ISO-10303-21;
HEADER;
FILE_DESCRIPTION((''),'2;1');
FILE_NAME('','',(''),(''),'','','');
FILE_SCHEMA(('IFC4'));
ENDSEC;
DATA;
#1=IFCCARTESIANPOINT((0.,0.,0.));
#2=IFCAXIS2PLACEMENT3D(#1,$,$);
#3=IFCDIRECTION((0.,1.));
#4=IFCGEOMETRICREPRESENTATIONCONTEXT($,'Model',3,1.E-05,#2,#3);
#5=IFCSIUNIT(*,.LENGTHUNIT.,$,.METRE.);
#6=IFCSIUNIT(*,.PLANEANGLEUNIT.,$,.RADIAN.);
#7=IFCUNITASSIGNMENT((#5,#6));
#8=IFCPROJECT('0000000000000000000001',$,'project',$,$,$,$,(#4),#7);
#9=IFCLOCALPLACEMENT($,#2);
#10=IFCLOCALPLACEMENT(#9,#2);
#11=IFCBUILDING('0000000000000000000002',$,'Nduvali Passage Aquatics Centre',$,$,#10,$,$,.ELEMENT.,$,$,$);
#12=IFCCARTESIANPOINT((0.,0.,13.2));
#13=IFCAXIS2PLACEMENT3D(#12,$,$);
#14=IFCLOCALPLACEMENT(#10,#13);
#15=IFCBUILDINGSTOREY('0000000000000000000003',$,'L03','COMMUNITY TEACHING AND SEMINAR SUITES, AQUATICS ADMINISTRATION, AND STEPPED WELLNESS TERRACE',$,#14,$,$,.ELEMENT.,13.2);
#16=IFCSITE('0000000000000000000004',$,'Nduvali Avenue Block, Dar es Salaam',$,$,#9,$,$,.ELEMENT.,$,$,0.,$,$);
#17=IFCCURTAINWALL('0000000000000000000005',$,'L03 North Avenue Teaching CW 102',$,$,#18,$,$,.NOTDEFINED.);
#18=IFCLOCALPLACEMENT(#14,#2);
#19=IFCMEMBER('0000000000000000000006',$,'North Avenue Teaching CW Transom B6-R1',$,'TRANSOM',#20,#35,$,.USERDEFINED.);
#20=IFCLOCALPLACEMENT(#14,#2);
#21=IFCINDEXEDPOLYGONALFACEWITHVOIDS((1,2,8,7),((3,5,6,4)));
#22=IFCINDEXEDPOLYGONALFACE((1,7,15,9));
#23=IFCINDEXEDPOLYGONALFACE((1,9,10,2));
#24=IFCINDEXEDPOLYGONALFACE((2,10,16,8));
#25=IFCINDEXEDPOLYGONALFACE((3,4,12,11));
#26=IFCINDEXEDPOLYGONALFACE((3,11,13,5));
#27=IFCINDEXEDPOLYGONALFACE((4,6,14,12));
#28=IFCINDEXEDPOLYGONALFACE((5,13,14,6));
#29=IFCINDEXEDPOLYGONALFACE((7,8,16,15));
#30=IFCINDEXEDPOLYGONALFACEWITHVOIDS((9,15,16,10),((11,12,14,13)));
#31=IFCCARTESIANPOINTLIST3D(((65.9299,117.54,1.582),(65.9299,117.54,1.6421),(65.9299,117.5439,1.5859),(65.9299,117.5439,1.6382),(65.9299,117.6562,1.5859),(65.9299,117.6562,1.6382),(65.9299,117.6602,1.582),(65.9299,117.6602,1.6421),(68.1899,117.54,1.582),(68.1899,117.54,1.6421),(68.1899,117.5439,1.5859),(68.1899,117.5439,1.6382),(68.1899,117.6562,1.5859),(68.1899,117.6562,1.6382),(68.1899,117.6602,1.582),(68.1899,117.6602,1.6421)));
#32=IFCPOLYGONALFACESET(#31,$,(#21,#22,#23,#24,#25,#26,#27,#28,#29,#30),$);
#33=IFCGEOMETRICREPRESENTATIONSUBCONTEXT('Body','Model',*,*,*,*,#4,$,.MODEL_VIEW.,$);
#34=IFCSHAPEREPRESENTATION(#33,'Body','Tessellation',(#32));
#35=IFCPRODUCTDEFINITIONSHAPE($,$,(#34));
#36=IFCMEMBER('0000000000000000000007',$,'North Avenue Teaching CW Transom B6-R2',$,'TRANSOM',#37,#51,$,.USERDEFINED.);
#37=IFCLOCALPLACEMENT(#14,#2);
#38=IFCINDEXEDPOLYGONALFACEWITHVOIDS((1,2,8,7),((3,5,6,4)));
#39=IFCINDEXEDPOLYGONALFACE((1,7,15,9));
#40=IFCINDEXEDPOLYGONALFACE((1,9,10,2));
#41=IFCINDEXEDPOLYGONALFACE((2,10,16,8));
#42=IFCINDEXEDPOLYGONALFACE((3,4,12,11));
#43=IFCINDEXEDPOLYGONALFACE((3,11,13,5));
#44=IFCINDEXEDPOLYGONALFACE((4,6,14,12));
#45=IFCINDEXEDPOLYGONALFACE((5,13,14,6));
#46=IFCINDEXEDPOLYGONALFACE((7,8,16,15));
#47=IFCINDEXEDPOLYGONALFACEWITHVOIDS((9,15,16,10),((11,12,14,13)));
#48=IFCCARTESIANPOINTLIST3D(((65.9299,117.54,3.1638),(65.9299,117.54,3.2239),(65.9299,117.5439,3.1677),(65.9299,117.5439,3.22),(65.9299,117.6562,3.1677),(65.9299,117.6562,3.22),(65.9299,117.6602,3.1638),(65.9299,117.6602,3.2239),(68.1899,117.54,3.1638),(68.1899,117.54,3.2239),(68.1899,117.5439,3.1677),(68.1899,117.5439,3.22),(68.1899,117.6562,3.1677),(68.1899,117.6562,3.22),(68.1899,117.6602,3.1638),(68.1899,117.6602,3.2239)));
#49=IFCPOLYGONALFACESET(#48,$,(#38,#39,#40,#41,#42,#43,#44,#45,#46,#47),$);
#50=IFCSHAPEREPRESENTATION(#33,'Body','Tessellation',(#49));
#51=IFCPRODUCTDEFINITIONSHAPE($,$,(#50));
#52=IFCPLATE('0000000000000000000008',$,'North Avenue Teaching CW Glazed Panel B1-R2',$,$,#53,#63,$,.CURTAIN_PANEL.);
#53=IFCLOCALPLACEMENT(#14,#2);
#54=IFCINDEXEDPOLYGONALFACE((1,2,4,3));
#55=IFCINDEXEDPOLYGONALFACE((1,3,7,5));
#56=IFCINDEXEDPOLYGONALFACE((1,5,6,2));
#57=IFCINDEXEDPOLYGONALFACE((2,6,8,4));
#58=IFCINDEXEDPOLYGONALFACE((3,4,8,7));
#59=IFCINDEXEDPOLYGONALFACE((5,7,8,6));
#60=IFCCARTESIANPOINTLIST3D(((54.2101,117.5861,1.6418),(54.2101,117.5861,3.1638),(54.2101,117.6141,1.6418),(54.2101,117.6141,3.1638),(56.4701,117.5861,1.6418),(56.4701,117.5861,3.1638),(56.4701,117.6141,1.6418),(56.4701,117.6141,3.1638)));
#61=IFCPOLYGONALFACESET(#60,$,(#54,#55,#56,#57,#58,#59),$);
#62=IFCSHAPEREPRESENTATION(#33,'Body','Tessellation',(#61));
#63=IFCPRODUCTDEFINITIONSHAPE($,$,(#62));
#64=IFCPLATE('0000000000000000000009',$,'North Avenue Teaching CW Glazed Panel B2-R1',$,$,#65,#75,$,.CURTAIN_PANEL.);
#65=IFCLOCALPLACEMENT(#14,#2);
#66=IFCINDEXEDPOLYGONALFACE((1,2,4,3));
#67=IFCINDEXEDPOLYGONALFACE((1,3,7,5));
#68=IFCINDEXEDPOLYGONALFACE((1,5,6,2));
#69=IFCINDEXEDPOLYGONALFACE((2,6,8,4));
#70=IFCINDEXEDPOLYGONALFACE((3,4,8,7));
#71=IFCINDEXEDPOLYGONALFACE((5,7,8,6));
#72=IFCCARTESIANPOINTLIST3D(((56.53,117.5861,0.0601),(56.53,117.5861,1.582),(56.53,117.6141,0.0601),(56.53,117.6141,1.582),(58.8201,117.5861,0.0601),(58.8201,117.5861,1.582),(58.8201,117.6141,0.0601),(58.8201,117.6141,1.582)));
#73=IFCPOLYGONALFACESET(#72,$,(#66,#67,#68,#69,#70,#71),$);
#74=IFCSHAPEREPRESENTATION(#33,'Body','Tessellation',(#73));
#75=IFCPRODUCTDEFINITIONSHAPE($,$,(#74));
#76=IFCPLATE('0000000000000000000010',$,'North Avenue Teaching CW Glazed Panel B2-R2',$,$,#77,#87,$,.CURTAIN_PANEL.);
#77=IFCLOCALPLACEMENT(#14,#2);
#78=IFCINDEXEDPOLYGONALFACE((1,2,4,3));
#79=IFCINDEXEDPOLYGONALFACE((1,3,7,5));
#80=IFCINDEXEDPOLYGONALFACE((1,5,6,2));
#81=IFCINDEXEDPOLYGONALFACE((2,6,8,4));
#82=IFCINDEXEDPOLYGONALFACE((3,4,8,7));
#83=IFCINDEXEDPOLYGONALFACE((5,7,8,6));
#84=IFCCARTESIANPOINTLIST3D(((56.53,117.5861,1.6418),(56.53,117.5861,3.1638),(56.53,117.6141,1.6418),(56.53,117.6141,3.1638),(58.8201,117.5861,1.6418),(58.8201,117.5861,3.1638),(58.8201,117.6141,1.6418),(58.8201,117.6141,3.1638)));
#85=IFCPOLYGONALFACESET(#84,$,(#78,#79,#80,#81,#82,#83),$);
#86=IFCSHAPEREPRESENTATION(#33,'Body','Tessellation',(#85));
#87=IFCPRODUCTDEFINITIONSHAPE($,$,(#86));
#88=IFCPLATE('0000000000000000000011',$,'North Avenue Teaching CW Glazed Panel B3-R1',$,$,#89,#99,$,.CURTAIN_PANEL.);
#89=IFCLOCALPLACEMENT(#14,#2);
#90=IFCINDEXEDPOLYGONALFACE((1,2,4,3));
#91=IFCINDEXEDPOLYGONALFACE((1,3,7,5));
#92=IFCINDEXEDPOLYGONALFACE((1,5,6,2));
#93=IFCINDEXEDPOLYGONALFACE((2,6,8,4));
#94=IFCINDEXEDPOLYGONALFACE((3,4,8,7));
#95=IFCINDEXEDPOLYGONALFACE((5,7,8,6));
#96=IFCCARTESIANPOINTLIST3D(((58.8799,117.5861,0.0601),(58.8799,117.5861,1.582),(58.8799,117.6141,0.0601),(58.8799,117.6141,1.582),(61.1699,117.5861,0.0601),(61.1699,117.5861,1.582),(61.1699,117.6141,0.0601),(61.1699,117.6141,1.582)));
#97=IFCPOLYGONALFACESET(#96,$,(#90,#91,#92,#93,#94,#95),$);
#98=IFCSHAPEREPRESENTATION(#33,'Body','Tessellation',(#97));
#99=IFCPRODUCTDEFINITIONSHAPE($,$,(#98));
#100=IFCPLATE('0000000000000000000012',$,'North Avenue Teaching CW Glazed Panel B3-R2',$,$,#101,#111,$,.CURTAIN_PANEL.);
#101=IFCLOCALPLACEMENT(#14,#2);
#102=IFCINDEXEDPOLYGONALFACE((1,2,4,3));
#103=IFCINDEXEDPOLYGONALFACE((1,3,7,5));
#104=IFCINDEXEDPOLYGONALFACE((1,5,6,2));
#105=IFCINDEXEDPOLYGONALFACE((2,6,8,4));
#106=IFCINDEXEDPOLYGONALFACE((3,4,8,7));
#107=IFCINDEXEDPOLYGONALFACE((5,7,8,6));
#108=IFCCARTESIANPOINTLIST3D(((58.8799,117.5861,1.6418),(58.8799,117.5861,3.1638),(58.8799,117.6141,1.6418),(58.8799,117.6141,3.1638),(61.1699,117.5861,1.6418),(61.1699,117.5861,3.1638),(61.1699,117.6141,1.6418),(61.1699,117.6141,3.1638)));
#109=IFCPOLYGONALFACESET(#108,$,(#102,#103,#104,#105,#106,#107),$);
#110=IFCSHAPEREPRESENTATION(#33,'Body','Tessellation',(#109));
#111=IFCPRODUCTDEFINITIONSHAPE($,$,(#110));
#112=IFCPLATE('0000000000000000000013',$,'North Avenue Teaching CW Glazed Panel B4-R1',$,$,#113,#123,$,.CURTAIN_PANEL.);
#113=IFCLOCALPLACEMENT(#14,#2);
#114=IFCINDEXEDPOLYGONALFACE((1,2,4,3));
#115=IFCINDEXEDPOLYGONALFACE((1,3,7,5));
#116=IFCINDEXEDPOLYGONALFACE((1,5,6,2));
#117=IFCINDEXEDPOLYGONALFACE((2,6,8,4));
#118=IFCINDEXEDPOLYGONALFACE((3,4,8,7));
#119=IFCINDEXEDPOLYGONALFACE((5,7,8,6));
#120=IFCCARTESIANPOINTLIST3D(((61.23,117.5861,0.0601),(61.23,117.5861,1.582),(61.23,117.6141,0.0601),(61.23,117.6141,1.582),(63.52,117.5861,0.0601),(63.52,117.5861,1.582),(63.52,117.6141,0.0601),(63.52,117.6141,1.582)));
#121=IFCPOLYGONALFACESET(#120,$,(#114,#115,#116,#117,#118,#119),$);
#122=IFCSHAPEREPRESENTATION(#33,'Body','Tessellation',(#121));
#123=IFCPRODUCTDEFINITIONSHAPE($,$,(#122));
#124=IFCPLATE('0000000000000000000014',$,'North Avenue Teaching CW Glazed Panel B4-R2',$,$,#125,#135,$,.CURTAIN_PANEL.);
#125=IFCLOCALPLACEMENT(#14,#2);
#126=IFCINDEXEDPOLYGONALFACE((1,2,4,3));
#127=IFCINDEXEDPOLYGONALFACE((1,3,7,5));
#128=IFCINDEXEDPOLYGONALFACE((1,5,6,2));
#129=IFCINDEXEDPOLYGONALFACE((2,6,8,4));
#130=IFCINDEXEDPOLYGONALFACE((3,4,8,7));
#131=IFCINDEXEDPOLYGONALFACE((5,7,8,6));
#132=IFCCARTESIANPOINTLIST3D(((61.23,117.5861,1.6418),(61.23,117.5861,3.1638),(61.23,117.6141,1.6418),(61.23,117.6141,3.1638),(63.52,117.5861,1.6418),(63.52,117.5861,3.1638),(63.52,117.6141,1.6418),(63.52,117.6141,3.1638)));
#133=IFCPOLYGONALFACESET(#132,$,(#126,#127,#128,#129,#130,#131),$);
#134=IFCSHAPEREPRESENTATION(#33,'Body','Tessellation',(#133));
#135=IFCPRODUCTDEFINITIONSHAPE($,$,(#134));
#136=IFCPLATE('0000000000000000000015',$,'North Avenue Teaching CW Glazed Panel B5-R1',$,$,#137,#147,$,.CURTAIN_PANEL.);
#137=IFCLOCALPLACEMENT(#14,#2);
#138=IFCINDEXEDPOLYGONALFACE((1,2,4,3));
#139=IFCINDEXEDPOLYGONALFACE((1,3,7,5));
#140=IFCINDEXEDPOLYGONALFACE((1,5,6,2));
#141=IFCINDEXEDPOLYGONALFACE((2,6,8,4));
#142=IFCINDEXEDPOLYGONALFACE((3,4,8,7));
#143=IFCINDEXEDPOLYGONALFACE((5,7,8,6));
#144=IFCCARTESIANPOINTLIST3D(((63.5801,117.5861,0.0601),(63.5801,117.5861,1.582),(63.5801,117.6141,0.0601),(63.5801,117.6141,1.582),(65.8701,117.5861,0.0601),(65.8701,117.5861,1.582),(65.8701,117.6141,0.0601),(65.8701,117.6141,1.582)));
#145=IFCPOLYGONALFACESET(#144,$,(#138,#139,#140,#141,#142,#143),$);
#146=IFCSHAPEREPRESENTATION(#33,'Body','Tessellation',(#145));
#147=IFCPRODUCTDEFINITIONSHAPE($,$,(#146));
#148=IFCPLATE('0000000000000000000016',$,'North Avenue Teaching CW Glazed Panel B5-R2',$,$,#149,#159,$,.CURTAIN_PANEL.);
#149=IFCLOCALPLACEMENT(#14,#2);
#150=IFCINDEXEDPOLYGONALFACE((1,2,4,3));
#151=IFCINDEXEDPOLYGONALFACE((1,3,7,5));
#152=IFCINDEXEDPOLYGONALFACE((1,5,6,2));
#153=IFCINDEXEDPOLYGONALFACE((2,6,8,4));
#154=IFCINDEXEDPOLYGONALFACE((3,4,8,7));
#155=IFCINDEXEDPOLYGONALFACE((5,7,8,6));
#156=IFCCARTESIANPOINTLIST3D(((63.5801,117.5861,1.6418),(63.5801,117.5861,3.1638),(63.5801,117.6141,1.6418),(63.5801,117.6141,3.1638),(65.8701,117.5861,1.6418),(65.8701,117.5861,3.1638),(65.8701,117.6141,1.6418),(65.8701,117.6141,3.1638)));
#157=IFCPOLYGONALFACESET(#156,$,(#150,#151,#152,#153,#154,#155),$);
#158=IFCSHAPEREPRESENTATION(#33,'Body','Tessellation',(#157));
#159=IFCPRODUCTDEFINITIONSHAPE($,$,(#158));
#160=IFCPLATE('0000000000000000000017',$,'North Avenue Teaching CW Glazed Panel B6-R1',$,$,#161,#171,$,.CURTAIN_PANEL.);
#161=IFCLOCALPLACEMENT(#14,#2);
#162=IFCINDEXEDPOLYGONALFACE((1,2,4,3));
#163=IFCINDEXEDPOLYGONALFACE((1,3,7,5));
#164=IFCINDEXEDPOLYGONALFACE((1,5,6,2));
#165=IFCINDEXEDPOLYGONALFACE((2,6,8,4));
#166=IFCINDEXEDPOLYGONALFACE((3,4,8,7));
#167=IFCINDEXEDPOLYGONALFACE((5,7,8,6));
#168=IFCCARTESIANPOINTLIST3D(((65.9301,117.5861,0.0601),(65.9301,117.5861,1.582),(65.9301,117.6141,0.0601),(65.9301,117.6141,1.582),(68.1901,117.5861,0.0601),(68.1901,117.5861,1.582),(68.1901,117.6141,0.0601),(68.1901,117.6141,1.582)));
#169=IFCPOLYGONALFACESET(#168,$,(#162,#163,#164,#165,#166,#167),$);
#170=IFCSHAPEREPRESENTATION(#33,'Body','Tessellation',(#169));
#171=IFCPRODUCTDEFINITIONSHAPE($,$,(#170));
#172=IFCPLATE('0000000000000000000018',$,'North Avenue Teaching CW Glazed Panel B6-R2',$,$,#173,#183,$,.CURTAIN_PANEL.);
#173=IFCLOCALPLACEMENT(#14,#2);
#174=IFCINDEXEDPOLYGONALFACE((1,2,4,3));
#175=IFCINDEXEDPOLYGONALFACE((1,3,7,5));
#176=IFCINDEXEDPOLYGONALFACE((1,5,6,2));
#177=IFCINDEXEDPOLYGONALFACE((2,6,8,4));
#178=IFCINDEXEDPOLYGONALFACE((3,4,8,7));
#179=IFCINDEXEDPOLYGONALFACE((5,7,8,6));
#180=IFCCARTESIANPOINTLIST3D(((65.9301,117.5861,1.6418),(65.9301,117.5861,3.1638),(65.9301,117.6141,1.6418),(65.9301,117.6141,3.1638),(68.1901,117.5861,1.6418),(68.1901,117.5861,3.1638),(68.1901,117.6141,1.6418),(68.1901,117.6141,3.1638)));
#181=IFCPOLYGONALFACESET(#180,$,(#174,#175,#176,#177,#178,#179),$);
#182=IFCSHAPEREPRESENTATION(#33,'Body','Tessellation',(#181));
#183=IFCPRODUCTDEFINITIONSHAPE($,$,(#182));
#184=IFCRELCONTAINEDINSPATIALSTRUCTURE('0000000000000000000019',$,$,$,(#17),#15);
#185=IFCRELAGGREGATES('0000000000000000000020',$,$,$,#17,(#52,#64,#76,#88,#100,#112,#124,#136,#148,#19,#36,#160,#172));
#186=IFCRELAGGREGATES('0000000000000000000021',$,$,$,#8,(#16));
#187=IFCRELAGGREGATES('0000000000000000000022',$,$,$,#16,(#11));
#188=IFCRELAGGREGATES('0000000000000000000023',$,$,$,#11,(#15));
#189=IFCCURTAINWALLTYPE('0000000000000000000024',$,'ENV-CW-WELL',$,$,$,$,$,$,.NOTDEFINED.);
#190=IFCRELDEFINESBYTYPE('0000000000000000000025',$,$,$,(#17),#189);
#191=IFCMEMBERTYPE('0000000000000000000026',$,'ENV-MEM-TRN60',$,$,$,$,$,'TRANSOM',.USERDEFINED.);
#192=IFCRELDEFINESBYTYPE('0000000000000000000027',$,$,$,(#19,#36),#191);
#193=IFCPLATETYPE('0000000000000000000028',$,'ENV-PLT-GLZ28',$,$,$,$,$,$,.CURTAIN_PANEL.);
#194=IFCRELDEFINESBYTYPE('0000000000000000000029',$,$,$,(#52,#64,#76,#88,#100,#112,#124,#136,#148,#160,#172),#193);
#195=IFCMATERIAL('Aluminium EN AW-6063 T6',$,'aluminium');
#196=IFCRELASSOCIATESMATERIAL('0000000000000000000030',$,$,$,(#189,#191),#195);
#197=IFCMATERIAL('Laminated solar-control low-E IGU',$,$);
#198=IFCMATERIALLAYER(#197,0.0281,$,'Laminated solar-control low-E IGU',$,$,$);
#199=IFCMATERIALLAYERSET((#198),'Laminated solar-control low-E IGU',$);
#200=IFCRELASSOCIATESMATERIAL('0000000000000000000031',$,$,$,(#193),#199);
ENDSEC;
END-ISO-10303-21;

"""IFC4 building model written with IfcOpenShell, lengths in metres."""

from ifc_helpers import new_model, si_unit, direction, frame, origin, origin_2d, place, context, subcontext, project, spatial, rectangle, hollow_rectangle, extrude, material, layer, layer_set, material_profile, profile_set, type_object, element, aggregate, save


model = new_model("IFC4")

# Units and contexts
model_context = context("Model", 3, precision=1e-05, world=origin(), true_north=direction((0.0, 1.0)))
body_context = subcontext(model_context, "Body", "Model", "MODEL_VIEW")
ifc_project = project(units=[si_unit("LENGTHUNIT", "METRE"), si_unit("PLANEANGLEUNIT", "RADIAN")], contexts=[model_context])

# Site, building, storey
site_placement = place(None, origin())
site = spatial("IfcSite", under=ifc_project, at=site_placement, Name="Nduvali Avenue Block, Dar es Salaam", CompositionType="ELEMENT", RefElevation=0.0)
building_placement = place(site_placement, origin())
building = spatial("IfcBuilding", under=site, at=building_placement, Name="Nduvali Passage Aquatics Centre", CompositionType="ELEMENT")
storey_placement = place(building_placement, frame((0.0, 0.0, 13.2)))
storey = spatial("IfcBuildingStorey", under=building, at=storey_placement, Name="L03", Description="COMMUNITY TEACHING AND SEMINAR SUITES, AQUATICS ADMINISTRATION, AND STEPPED WELLNESS TERRACE", CompositionType="ELEMENT", Elevation=13.2)

# Curtain wall, members, plates
ifc_material_1 = material(Name="Aluminium EN AW-6063 T6", Category="aluminium")
curtain_wall_type = type_object("IfcCurtainWallType", Name="ENV-CW-WELL", PredefinedType="NOTDEFINED", material=ifc_material_1)
curtain_wall_placement = place(storey_placement, origin())
curtain_wall = element("IfcCurtainWall", 1, at=curtain_wall_placement, inside=storey, type_object=curtain_wall_type, Name="L03 North Avenue Teaching CW 102", PredefinedType="NOTDEFINED")
ifc_material_profile_1 = material_profile(ifc_material_1, hollow_rectangle(XDim=0.1201, YDim=0.0601, WallThickness=0.0039, at=origin_2d()), Name="ALU TRANSOM 120x60x4")
ifc_profile_set_1 = profile_set([ifc_material_profile_1], Name="Aluminium EN AW-6063 T6")
member_type_1 = type_object("IfcMemberType", Name="ENV-MEM-TRN60", ElementType="TRANSOM", PredefinedType="USERDEFINED", material=ifc_profile_set_1)
member_1_placement = place(storey_placement, frame((65.9299, 117.6001, 1.6121), z_axis=(1.0, 0.0, 0.0), x_axis=(0.0, 1.0, 0.0)))
member_1 = element("IfcMember", 2, at=member_1_placement, type_object=member_type_1, Name="North Avenue Teaching CW Transom B6-R1", ObjectType="TRANSOM", PredefinedType="USERDEFINED", context=body_context, shape_type="SweptSolid", body=[
    extrude(hollow_rectangle(XDim=0.1201, YDim=0.0601, WallThickness=0.0039, at=origin_2d()), origin(), (0.0, 0.0, 1.0), 2.26),
])
member_2_placement = place(storey_placement, frame((65.9299, 117.6001, 3.1938), z_axis=(1.0, 0.0, 0.0), x_axis=(0.0, 1.0, 0.0)))
member_2 = element("IfcMember", 3, at=member_2_placement, type_object=member_type_1, Name="North Avenue Teaching CW Transom B6-R2", ObjectType="TRANSOM", PredefinedType="USERDEFINED", context=body_context, shape_type="SweptSolid", body=[
    extrude(hollow_rectangle(XDim=0.1201, YDim=0.0601, WallThickness=0.0039, at=origin_2d()), origin(), (0.0, 0.0, 1.0), 2.26),
])
ifc_material_2 = material(Name="Laminated solar-control low-E IGU")
ifc_layer = layer(ifc_material_2, 0.0281, Name="Laminated solar-control low-E IGU")
ifc_layer_set = layer_set([ifc_layer], Name="Laminated solar-control low-E IGU")
plate_type = type_object("IfcPlateType", Name="ENV-PLT-GLZ28", PredefinedType="CURTAIN_PANEL", material=ifc_layer_set)
plate_1_placement = place(storey_placement, frame((55.3401, 117.6001, 1.6418), z_axis=(0.0, 0.0, 1.0), x_axis=(1.0, 0.0, 0.0)))
plate_1 = element("IfcPlate", 4, at=plate_1_placement, type_object=plate_type, Name="North Avenue Teaching CW Glazed Panel B1-R2", PredefinedType="CURTAIN_PANEL", context=body_context, shape_type="SweptSolid", body=[
    extrude(rectangle(XDim=2.26, YDim=0.0281, at=origin_2d()), origin(), (0.0, 0.0, 1.0), 1.522),
])
plate_2_placement = place(storey_placement, frame((57.675, 117.6001, 0.0601), z_axis=(0.0, 0.0, 1.0), x_axis=(1.0, 0.0, 0.0)))
plate_2 = element("IfcPlate", 5, at=plate_2_placement, type_object=plate_type, Name="North Avenue Teaching CW Glazed Panel B2-R1", PredefinedType="CURTAIN_PANEL", context=body_context, shape_type="SweptSolid", body=[
    extrude(rectangle(XDim=2.29, YDim=0.0281, at=origin_2d()), origin(), (0.0, 0.0, 1.0), 1.522),
])
plate_3_placement = place(storey_placement, frame((57.675, 117.6001, 1.6418), z_axis=(0.0, 0.0, 1.0), x_axis=(1.0, 0.0, 0.0)))
plate_3 = element("IfcPlate", 6, at=plate_3_placement, type_object=plate_type, Name="North Avenue Teaching CW Glazed Panel B2-R2", PredefinedType="CURTAIN_PANEL", context=body_context, shape_type="SweptSolid", body=[
    extrude(rectangle(XDim=2.29, YDim=0.0281, at=origin_2d()), origin(), (0.0, 0.0, 1.0), 1.522),
])
plate_4_placement = place(storey_placement, frame((60.0249, 117.6001, 0.0601), z_axis=(0.0, 0.0, 1.0), x_axis=(1.0, 0.0, 0.0)))
plate_4 = element("IfcPlate", 7, at=plate_4_placement, type_object=plate_type, Name="North Avenue Teaching CW Glazed Panel B3-R1", PredefinedType="CURTAIN_PANEL", context=body_context, shape_type="SweptSolid", body=[
    extrude(rectangle(XDim=2.29, YDim=0.0281, at=origin_2d()), origin(), (0.0, 0.0, 1.0), 1.522),
])
plate_5_placement = place(storey_placement, frame((60.0249, 117.6001, 1.6418), z_axis=(0.0, 0.0, 1.0), x_axis=(1.0, 0.0, 0.0)))
plate_5 = element("IfcPlate", 8, at=plate_5_placement, type_object=plate_type, Name="North Avenue Teaching CW Glazed Panel B3-R2", PredefinedType="CURTAIN_PANEL", context=body_context, shape_type="SweptSolid", body=[
    extrude(rectangle(XDim=2.29, YDim=0.0281, at=origin_2d()), origin(), (0.0, 0.0, 1.0), 1.522),
])
plate_6_placement = place(storey_placement, frame((62.375, 117.6001, 0.0601), z_axis=(0.0, 0.0, 1.0), x_axis=(1.0, 0.0, 0.0)))
plate_6 = element("IfcPlate", 9, at=plate_6_placement, type_object=plate_type, Name="North Avenue Teaching CW Glazed Panel B4-R1", PredefinedType="CURTAIN_PANEL", context=body_context, shape_type="SweptSolid", body=[
    extrude(rectangle(XDim=2.29, YDim=0.0281, at=origin_2d()), origin(), (0.0, 0.0, 1.0), 1.522),
])
plate_7_placement = place(storey_placement, frame((62.375, 117.6001, 1.6418), z_axis=(0.0, 0.0, 1.0), x_axis=(1.0, 0.0, 0.0)))
plate_7 = element("IfcPlate", 10, at=plate_7_placement, type_object=plate_type, Name="North Avenue Teaching CW Glazed Panel B4-R2", PredefinedType="CURTAIN_PANEL", context=body_context, shape_type="SweptSolid", body=[
    extrude(rectangle(XDim=2.29, YDim=0.0281, at=origin_2d()), origin(), (0.0, 0.0, 1.0), 1.522),
])
plate_8_placement = place(storey_placement, frame((64.7251, 117.6001, 0.0601), z_axis=(0.0, 0.0, 1.0), x_axis=(1.0, 0.0, 0.0)))
plate_8 = element("IfcPlate", 11, at=plate_8_placement, type_object=plate_type, Name="North Avenue Teaching CW Glazed Panel B5-R1", PredefinedType="CURTAIN_PANEL", context=body_context, shape_type="SweptSolid", body=[
    extrude(rectangle(XDim=2.29, YDim=0.0281, at=origin_2d()), origin(), (0.0, 0.0, 1.0), 1.522),
])
plate_9_placement = place(storey_placement, frame((64.7251, 117.6001, 1.6418), z_axis=(0.0, 0.0, 1.0), x_axis=(1.0, 0.0, 0.0)))
plate_9 = element("IfcPlate", 12, at=plate_9_placement, type_object=plate_type, Name="North Avenue Teaching CW Glazed Panel B5-R2", PredefinedType="CURTAIN_PANEL", context=body_context, shape_type="SweptSolid", body=[
    extrude(rectangle(XDim=2.29, YDim=0.0281, at=origin_2d()), origin(), (0.0, 0.0, 1.0), 1.522),
])
plate_10_placement = place(storey_placement, frame((67.0601, 117.6001, 0.0601), z_axis=(0.0, 0.0, 1.0), x_axis=(1.0, 0.0, 0.0)))
plate_10 = element("IfcPlate", 13, at=plate_10_placement, type_object=plate_type, Name="North Avenue Teaching CW Glazed Panel B6-R1", PredefinedType="CURTAIN_PANEL", context=body_context, shape_type="SweptSolid", body=[
    extrude(rectangle(XDim=2.26, YDim=0.0281, at=origin_2d()), origin(), (0.0, 0.0, 1.0), 1.522),
])
plate_11_placement = place(storey_placement, frame((67.0601, 117.6001, 1.6418), z_axis=(0.0, 0.0, 1.0), x_axis=(1.0, 0.0, 0.0)))
plate_11 = element("IfcPlate", 14, at=plate_11_placement, type_object=plate_type, Name="North Avenue Teaching CW Glazed Panel B6-R2", PredefinedType="CURTAIN_PANEL", context=body_context, shape_type="SweptSolid", body=[
    extrude(rectangle(XDim=2.26, YDim=0.0281, at=origin_2d()), origin(), (0.0, 0.0, 1.0), 1.522),
])
aggregate(curtain_wall, [plate_1, plate_2, plate_3, plate_4, plate_5, plate_6, plate_7, plate_8, plate_9, member_1, member_2, plate_10, plate_11])

save(model, "model.ifc")
